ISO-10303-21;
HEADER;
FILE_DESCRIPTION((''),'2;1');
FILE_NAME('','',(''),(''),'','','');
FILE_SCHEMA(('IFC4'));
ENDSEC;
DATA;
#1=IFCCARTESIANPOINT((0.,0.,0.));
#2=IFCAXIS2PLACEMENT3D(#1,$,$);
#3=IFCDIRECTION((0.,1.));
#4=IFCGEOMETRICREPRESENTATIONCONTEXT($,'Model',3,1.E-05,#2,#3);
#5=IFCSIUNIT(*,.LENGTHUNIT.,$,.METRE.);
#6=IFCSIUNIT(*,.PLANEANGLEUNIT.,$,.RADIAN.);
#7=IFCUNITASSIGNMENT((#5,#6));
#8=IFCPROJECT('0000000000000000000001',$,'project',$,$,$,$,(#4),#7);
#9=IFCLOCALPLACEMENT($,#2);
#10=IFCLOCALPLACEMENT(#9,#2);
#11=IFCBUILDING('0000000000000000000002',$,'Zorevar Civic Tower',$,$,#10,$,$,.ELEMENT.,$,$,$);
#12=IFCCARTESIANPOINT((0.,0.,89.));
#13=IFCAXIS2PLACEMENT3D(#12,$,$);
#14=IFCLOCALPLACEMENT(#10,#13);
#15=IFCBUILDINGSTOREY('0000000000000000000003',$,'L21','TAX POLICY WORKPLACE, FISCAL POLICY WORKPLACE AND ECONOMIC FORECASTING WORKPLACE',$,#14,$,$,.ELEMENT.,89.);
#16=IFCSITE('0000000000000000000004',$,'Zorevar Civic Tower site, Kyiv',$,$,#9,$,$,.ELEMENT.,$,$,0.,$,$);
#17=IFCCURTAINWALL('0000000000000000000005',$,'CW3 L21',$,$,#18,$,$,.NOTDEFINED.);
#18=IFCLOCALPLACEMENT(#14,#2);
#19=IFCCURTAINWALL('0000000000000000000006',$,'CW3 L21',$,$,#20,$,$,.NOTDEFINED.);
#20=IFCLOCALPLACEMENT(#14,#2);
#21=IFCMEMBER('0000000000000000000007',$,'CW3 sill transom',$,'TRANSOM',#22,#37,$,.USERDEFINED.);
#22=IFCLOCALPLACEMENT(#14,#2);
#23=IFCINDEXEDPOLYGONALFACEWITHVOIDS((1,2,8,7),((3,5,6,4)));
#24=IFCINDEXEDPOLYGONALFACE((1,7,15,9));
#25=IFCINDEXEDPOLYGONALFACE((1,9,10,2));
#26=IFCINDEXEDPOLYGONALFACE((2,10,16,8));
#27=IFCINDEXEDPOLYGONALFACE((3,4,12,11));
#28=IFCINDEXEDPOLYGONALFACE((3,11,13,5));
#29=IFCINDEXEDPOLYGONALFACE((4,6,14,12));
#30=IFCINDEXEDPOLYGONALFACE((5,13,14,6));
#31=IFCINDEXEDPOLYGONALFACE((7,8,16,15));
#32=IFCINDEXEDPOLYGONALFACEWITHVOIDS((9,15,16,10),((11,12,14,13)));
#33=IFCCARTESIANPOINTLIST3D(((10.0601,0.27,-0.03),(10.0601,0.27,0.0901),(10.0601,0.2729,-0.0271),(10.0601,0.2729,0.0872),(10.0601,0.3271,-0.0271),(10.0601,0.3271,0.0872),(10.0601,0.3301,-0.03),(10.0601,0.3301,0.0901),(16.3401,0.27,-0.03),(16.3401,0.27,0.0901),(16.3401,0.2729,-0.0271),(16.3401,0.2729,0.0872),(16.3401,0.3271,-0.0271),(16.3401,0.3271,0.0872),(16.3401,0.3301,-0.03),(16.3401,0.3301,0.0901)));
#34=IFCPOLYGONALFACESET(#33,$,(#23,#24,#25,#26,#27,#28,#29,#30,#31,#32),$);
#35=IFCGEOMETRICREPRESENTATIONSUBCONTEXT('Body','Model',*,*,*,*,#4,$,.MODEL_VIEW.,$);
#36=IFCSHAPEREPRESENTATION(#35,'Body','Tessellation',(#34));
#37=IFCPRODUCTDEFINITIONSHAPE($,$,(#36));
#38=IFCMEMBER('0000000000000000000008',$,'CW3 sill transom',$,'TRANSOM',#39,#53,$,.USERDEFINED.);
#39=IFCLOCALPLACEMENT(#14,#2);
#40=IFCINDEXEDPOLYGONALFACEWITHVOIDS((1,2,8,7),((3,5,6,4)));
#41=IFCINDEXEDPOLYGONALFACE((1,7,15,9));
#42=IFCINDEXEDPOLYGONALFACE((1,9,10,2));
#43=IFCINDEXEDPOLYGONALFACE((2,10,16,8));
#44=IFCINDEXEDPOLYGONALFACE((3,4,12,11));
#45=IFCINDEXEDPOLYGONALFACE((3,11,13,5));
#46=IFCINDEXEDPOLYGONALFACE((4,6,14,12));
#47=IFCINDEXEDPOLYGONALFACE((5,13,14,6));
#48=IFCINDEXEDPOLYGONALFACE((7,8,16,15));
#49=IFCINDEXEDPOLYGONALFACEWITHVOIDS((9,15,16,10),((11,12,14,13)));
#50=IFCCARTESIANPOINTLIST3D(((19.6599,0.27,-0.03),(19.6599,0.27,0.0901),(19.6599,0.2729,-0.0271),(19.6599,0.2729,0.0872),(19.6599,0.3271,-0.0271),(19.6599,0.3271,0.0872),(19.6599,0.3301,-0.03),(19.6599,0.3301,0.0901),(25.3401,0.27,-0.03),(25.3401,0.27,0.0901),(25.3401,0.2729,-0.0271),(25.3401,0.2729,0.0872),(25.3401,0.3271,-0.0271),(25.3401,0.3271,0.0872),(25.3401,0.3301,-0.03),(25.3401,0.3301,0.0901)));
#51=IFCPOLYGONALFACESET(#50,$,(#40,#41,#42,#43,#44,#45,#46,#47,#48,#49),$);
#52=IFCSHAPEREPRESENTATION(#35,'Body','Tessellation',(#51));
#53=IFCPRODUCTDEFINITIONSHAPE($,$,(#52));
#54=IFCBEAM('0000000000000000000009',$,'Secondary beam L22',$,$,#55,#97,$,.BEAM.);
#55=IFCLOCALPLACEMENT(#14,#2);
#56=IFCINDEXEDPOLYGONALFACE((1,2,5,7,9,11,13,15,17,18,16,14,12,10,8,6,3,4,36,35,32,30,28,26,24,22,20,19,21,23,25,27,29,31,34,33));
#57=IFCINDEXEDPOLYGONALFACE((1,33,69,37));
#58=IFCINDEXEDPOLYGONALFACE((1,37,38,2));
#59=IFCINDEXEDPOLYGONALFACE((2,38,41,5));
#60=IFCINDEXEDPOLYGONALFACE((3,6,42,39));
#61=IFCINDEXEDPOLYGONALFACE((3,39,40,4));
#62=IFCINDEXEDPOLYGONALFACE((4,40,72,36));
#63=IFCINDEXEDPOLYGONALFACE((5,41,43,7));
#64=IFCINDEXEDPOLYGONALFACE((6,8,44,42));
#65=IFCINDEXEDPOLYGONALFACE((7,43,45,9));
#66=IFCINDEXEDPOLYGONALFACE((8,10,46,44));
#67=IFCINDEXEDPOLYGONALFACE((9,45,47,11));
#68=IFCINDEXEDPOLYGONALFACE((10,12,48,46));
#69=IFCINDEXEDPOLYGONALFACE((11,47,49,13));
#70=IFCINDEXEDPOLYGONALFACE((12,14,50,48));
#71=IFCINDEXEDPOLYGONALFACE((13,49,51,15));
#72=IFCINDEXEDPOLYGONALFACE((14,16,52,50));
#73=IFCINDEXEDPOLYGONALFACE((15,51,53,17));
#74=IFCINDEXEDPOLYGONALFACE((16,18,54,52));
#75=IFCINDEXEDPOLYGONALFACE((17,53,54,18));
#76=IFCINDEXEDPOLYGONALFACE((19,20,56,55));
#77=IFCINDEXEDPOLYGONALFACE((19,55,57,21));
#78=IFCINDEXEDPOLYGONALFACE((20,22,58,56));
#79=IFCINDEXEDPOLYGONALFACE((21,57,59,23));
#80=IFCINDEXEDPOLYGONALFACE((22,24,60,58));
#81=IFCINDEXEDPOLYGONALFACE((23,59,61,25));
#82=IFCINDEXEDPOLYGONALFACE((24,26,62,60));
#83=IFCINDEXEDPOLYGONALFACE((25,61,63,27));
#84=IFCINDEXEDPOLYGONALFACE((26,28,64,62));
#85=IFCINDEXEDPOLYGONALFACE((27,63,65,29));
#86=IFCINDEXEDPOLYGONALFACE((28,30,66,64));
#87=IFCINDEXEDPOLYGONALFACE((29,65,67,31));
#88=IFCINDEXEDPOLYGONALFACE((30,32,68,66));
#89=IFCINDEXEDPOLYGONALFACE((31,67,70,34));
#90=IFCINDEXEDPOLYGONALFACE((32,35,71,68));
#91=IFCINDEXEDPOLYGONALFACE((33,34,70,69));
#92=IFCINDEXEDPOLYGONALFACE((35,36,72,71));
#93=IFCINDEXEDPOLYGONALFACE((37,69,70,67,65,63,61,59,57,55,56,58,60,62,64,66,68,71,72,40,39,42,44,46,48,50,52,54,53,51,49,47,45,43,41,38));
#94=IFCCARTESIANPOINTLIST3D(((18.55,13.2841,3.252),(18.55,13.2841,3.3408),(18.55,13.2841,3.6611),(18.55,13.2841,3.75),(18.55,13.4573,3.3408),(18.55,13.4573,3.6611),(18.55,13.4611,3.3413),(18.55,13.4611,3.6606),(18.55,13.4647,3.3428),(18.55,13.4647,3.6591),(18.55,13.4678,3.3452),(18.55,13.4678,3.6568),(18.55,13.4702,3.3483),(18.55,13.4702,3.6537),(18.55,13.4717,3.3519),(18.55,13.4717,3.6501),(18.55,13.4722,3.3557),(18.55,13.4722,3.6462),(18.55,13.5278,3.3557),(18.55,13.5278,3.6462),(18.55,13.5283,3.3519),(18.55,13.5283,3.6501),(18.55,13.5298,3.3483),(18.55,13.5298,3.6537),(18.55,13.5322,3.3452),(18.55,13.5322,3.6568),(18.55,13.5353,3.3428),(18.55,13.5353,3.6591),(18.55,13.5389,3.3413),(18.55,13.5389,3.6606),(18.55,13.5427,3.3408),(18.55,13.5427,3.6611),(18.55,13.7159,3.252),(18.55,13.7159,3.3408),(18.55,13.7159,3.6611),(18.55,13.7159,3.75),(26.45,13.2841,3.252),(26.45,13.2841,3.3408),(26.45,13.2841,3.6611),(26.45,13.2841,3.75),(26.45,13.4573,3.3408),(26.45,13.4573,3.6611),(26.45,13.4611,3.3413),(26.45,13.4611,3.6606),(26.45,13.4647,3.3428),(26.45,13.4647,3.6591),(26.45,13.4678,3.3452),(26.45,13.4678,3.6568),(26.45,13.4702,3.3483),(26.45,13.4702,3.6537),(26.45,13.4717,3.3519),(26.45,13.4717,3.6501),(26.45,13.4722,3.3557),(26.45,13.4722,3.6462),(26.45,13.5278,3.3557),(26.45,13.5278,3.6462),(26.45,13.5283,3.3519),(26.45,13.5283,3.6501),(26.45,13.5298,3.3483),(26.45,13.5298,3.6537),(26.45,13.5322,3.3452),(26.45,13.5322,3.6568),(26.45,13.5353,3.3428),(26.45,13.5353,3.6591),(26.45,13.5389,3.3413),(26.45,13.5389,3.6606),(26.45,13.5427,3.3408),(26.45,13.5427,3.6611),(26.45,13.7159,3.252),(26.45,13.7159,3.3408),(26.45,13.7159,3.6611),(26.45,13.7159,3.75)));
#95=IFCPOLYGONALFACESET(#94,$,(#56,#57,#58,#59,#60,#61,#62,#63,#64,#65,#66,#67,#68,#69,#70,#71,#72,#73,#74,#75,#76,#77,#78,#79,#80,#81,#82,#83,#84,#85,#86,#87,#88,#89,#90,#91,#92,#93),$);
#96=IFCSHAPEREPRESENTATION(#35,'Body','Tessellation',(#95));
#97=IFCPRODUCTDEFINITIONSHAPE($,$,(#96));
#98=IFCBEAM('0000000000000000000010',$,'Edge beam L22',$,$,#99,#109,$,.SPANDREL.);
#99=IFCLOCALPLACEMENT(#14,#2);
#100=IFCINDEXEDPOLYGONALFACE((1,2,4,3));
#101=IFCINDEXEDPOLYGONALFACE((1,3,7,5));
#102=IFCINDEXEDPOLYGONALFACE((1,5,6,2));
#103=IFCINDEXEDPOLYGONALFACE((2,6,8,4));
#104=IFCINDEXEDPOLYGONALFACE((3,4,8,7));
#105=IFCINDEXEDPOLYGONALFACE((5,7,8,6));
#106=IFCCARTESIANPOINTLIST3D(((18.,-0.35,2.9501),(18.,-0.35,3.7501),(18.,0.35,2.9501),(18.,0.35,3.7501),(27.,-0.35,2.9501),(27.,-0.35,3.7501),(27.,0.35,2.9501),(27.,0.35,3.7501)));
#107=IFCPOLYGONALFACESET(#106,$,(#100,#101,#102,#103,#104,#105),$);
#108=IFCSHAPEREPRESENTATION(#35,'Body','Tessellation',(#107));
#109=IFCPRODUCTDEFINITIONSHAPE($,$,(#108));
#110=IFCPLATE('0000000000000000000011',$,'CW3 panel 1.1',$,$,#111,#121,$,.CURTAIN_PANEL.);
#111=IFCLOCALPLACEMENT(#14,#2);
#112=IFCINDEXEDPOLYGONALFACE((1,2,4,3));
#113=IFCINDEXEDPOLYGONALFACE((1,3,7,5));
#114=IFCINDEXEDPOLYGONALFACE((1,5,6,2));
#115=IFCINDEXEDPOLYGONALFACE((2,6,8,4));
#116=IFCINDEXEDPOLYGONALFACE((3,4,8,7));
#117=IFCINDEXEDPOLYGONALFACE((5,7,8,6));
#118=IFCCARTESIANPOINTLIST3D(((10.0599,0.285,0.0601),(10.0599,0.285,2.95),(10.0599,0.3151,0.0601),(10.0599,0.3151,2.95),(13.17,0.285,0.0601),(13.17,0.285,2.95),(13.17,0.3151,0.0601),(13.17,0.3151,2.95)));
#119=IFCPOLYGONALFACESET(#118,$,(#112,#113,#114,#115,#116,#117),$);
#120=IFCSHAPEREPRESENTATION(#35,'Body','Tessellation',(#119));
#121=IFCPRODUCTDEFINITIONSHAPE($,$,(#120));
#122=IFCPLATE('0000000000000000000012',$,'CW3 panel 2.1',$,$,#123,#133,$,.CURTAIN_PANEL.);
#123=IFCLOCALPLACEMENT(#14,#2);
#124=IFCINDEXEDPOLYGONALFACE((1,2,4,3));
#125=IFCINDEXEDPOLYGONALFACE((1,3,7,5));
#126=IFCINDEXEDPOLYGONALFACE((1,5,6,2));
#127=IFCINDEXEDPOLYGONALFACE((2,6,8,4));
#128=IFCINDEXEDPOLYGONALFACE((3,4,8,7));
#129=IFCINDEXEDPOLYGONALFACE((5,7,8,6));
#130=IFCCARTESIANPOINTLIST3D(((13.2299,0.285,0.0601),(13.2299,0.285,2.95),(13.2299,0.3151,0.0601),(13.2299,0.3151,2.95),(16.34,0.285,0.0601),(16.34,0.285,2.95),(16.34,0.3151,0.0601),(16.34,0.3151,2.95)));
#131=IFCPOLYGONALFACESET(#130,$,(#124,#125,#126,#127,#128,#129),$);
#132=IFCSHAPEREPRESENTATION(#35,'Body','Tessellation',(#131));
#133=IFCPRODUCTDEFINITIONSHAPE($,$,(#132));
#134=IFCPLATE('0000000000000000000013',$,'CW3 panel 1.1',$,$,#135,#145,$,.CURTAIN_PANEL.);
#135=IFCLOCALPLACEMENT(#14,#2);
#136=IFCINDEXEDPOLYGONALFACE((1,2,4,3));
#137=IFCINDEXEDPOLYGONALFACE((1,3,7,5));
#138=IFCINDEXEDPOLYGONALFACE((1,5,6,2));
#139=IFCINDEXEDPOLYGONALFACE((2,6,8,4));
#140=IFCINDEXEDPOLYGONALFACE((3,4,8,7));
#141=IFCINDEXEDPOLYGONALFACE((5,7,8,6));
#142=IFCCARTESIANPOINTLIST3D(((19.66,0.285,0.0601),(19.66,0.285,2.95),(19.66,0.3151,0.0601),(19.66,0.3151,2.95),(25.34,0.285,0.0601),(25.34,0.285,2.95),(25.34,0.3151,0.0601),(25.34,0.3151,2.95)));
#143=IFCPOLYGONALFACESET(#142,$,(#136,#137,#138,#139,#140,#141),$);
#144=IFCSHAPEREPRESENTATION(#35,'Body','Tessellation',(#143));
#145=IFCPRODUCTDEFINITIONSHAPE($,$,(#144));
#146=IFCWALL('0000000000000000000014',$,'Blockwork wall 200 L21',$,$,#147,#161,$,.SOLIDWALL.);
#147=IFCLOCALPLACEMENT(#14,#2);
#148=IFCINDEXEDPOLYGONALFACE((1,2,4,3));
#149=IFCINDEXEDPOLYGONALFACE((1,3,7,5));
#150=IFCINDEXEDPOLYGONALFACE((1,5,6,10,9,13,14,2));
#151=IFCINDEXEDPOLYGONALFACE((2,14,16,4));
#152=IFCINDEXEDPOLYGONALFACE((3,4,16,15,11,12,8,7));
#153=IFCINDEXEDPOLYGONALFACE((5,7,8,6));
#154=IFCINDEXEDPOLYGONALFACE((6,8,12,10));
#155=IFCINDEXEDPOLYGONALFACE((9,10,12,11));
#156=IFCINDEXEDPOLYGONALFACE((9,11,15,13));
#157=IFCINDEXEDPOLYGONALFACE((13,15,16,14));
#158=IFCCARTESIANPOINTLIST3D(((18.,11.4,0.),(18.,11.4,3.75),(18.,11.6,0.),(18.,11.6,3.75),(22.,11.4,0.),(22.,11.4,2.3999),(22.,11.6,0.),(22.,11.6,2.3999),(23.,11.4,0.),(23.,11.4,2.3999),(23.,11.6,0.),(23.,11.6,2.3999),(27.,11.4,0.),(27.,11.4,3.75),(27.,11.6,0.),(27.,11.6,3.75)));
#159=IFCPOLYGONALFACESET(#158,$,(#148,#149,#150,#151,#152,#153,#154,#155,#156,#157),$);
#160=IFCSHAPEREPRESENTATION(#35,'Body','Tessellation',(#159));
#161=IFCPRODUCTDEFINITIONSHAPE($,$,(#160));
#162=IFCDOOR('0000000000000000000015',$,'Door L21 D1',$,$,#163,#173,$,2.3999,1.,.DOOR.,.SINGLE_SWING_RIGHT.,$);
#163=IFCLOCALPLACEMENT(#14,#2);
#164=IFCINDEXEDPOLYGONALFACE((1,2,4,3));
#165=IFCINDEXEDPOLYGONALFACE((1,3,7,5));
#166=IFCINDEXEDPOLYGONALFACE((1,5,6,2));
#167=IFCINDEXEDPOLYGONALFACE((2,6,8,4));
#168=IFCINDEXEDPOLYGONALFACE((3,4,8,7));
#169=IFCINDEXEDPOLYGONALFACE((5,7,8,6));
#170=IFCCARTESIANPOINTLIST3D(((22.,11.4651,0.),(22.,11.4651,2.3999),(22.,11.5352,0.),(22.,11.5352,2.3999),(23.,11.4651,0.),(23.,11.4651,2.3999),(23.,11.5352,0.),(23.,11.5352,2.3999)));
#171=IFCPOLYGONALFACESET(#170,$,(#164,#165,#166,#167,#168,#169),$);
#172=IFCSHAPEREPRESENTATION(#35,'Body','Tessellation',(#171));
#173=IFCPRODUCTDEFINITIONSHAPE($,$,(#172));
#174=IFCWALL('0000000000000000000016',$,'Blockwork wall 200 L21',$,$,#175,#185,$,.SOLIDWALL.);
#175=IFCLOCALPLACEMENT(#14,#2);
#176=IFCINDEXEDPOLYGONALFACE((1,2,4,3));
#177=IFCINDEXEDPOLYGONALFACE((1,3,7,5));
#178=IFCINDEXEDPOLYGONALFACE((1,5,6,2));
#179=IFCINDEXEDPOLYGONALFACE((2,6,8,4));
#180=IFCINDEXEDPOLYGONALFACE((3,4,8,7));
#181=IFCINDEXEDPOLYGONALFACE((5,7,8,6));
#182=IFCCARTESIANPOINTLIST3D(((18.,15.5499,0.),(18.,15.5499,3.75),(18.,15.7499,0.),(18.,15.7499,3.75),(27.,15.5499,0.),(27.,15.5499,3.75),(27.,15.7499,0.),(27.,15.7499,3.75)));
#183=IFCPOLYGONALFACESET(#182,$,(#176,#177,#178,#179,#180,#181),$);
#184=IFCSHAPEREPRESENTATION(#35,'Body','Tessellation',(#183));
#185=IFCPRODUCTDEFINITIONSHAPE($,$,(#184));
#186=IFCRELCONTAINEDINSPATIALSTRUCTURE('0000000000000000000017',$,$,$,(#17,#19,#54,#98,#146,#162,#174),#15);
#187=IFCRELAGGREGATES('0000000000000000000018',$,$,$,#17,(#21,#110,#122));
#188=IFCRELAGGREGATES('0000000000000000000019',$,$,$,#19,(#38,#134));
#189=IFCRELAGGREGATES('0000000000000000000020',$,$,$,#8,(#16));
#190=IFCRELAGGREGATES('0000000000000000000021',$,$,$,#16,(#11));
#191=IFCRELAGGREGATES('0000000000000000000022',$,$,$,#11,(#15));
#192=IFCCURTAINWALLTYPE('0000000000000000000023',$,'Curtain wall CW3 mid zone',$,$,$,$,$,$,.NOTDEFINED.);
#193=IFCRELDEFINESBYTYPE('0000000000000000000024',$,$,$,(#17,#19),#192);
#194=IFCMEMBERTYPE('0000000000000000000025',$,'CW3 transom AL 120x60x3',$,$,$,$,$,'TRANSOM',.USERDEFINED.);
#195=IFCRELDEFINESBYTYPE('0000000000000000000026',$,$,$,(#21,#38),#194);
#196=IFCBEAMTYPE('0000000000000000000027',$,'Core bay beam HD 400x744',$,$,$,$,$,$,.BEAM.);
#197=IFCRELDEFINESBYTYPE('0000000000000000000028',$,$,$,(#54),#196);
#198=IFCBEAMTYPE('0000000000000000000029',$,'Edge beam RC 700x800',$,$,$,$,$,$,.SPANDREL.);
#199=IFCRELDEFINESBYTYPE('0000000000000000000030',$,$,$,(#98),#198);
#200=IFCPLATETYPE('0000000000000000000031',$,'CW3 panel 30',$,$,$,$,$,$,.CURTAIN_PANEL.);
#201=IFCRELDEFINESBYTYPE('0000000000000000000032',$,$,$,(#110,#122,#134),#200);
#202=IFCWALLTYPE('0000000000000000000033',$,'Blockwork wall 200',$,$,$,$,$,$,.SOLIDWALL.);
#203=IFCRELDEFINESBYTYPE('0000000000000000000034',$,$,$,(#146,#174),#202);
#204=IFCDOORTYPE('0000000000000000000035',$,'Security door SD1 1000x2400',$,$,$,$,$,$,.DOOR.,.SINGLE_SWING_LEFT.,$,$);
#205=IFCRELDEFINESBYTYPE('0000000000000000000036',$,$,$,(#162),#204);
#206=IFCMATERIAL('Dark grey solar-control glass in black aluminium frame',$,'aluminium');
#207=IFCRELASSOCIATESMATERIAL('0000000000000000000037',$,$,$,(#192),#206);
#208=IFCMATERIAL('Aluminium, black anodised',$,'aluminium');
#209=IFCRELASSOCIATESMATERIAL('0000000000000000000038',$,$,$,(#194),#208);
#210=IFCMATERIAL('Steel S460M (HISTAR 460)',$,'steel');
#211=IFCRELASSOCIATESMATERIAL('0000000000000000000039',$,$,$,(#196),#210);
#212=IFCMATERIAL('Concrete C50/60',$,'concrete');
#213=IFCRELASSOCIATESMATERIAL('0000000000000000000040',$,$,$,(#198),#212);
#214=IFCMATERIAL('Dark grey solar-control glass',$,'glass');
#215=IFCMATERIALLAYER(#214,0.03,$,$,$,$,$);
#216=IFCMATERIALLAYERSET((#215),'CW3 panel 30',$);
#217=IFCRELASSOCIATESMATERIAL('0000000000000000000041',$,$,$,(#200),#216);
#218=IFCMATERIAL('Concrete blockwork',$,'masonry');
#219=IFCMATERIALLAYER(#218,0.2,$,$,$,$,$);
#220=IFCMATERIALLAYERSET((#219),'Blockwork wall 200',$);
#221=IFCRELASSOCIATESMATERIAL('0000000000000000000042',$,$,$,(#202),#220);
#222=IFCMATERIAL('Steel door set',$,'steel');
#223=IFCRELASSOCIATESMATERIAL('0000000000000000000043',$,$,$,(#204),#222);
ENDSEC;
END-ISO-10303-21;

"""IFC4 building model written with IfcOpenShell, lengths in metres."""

from ifc_helpers import new_model, si_unit, direction, frame, frame_2d, origin, origin_2d, place, context, subcontext, project, spatial, rectangle, hollow_rectangle, i_section, extrude, material, layer, layer_set, material_profile, profile_set, type_object, element, fill, aggregate, save


model = new_model("IFC4")

# Units and contexts
model_context = context("Model", 3, precision=1e-05, world=origin(), true_north=direction((0.0, 1.0)))
body_context = subcontext(model_context, "Body", "Model", "MODEL_VIEW")
ifc_project = project(units=[si_unit("LENGTHUNIT", "METRE"), si_unit("PLANEANGLEUNIT", "RADIAN")], contexts=[model_context])

# Site, building, storey
site_placement = place(None, origin())
site = spatial("IfcSite", under=ifc_project, at=site_placement, Name="Zorevar Civic Tower site, Kyiv", CompositionType="ELEMENT", RefElevation=0.0)
building_placement = place(site_placement, origin())
building = spatial("IfcBuilding", under=site, at=building_placement, Name="Zorevar Civic Tower", CompositionType="ELEMENT")
storey_placement = place(building_placement, frame((0.0, 0.0, 89.0)))
storey = spatial("IfcBuildingStorey", under=building, at=storey_placement, Name="L21", Description="TAX POLICY WORKPLACE, FISCAL POLICY WORKPLACE AND ECONOMIC FORECASTING WORKPLACE", CompositionType="ELEMENT", Elevation=89.0)

# Curtain walls
ifc_material_1 = material(Name="Dark grey solar-control glass in black aluminium frame", Category="aluminium")
curtain_wall_type = type_object("IfcCurtainWallType", Name="Curtain wall CW3 mid zone", PredefinedType="NOTDEFINED", material=ifc_material_1)
curtain_wall_1_placement = place(storey_placement, origin())
curtain_wall_1 = element("IfcCurtainWall", 1, at=curtain_wall_1_placement, inside=storey, type_object=curtain_wall_type, Name="CW3 L21", PredefinedType="NOTDEFINED")
curtain_wall_2_placement = place(storey_placement, origin())
curtain_wall_2 = element("IfcCurtainWall", 2, at=curtain_wall_2_placement, inside=storey, type_object=curtain_wall_type, Name="CW3 L21", PredefinedType="NOTDEFINED")

# Members
ifc_material_2 = material(Name="Aluminium, black anodised", Category="aluminium")
ifc_material_profile_1 = material_profile(ifc_material_2, hollow_rectangle(XDim=0.0601, YDim=0.1201, WallThickness=0.0029, at=origin_2d()), Name="AL 120x60x3")
ifc_profile_set_1 = profile_set([ifc_material_profile_1], Name="Aluminium, black anodised")
member_type_1 = type_object("IfcMemberType", Name="CW3 transom AL 120x60x3", ElementType="TRANSOM", PredefinedType="USERDEFINED", material=ifc_profile_set_1)
member_1_placement = place(storey_placement, frame((10.0601, 0.3, 0.03), z_axis=(1.0, 0.0, 0.0), x_axis=(0.0, 1.0, 0.0)))
member_1 = element("IfcMember", 3, at=member_1_placement, type_object=member_type_1, Name="CW3 sill transom", ObjectType="TRANSOM", PredefinedType="USERDEFINED", context=body_context, shape_type="SweptSolid", body=[
    extrude(hollow_rectangle(XDim=0.0601, YDim=0.1201, WallThickness=0.0029, at=origin_2d()), origin(), (0.0, 0.0, 1.0), 6.28),
])
member_2_placement = place(storey_placement, frame((19.6599, 0.3, 0.03), z_axis=(1.0, 0.0, 0.0), x_axis=(0.0, 1.0, 0.0)))
member_2 = element("IfcMember", 4, at=member_2_placement, type_object=member_type_1, Name="CW3 sill transom", ObjectType="TRANSOM", PredefinedType="USERDEFINED", context=body_context, shape_type="SweptSolid", body=[
    extrude(hollow_rectangle(XDim=0.0601, YDim=0.1201, WallThickness=0.0029, at=origin_2d()), origin(), (0.0, 0.0, 1.0), 5.6802),
])

# Beams
ifc_material_3 = material(Name="Steel S460M (HISTAR 460)", Category="steel")
ifc_material_profile_2 = material_profile(ifc_material_3, i_section(OverallWidth=0.4319, OverallDepth=0.498, WebThickness=0.0557, FlangeThickness=0.0889, FilletRadius=0.0149, at=origin_2d()), Name="HD 400x744")
ifc_profile_set_2 = profile_set([ifc_material_profile_2], Name="Steel S460M (HISTAR 460)")
beam_type_1 = type_object("IfcBeamType", Name="Core bay beam HD 400x744", PredefinedType="BEAM", material=ifc_profile_set_2)
beam_1_placement = place(storey_placement, frame((18.55, 13.5, 3.501), z_axis=(1.0, 0.0, 0.0), x_axis=(0.0, 1.0, 0.0)))
element("IfcBeam", 5, at=beam_1_placement, inside=storey, type_object=beam_type_1, Name="Secondary beam L22", PredefinedType="BEAM", context=body_context, shape_type="SweptSolid", body=[
    extrude(i_section(OverallWidth=0.4319, OverallDepth=0.498, WebThickness=0.0557, FlangeThickness=0.0889, FilletRadius=0.0149, at=origin_2d()), origin(), (0.0, 0.0, 1.0), 7.8999),
])
ifc_material_4 = material(Name="Concrete C50/60", Category="concrete")
ifc_material_profile_3 = material_profile(ifc_material_4, rectangle(XDim=0.7, YDim=0.8, at=origin_2d()), Name="RC 700x800")
ifc_profile_set_3 = profile_set([ifc_material_profile_3], Name="Concrete C50/60")
beam_type_2 = type_object("IfcBeamType", Name="Edge beam RC 700x800", PredefinedType="SPANDREL", material=ifc_profile_set_3)
beam_2_placement = place(storey_placement, frame((18.0, 0.0, 3.3501), z_axis=(1.0, 0.0, 0.0), x_axis=(0.0, 1.0, 0.0)))
element("IfcBeam", 6, at=beam_2_placement, inside=storey, type_object=beam_type_2, Name="Edge beam L22", PredefinedType="SPANDREL", context=body_context, shape_type="SweptSolid", body=[
    extrude(rectangle(XDim=0.7, YDim=0.8, at=origin_2d()), origin(), (0.0, 0.0, 1.0), 9.0),
])

# Plates
ifc_material_5 = material(Name="Dark grey solar-control glass", Category="glass")
ifc_layer_1 = layer(ifc_material_5, 0.03)
ifc_layer_set_1 = layer_set([ifc_layer_1], Name="CW3 panel 30")
plate_type = type_object("IfcPlateType", Name="CW3 panel 30", PredefinedType="CURTAIN_PANEL", material=ifc_layer_set_1)
plate_1_placement = place(storey_placement, frame((11.615, 0.3, 0.0601), z_axis=(0.0, 0.0, 1.0), x_axis=(1.0, 0.0, 0.0)))
plate_1 = element("IfcPlate", 7, at=plate_1_placement, type_object=plate_type, Name="CW3 panel 1.1", PredefinedType="CURTAIN_PANEL", context=body_context, shape_type="SweptSolid", body=[
    extrude(rectangle(XDim=3.1101, YDim=0.03, at=origin_2d()), origin(), (0.0, 0.0, 1.0), 2.8899),
])
plate_2_placement = place(storey_placement, frame((14.7849, 0.3, 0.0601), z_axis=(0.0, 0.0, 1.0), x_axis=(1.0, 0.0, 0.0)))
plate_2 = element("IfcPlate", 8, at=plate_2_placement, type_object=plate_type, Name="CW3 panel 2.1", PredefinedType="CURTAIN_PANEL", context=body_context, shape_type="SweptSolid", body=[
    extrude(rectangle(XDim=3.1101, YDim=0.03, at=origin_2d()), origin(), (0.0, 0.0, 1.0), 2.8899),
])
aggregate(curtain_wall_1, [member_1, plate_1, plate_2])
plate_3_placement = place(storey_placement, frame((22.5, 0.3, 0.0601), z_axis=(0.0, 0.0, 1.0), x_axis=(1.0, 0.0, 0.0)))
plate_3 = element("IfcPlate", 9, at=plate_3_placement, type_object=plate_type, Name="CW3 panel 1.1", PredefinedType="CURTAIN_PANEL", context=body_context, shape_type="SweptSolid", body=[
    extrude(rectangle(XDim=5.6799, YDim=0.03, at=origin_2d()), origin(), (0.0, 0.0, 1.0), 2.8899),
])
aggregate(curtain_wall_2, [member_2, plate_3])

# Wall, opening, door
ifc_material_6 = material(Name="Concrete blockwork", Category="masonry")
ifc_layer_2 = layer(ifc_material_6, 0.2)
ifc_layer_set_2 = layer_set([ifc_layer_2], Name="Blockwork wall 200")
wall_type_1 = type_object("IfcWallType", Name="Blockwork wall 200", PredefinedType="SOLIDWALL", material=ifc_layer_set_2)
wall_1_placement = place(storey_placement, frame((18.0, 11.5, 0.0), z_axis=(0.0, 0.0, 1.0), x_axis=(1.0, 0.0, 0.0)))
wall_1 = element("IfcWall", 10, at=wall_1_placement, inside=storey, type_object=wall_type_1, Name="Blockwork wall 200 L21", PredefinedType="SOLIDWALL", context=body_context, shape_type="SweptSolid", body=[
    extrude(rectangle(XDim=9.0, YDim=0.2, at=frame_2d((4.5, 0.0))), origin(), (0.0, 0.0, 1.0), 3.75),
])
opening_1_placement = place(wall_1_placement, frame((4.0, 0.0, 0.0)))
opening_1 = element("IfcOpeningElement", 11, at=opening_1_placement, cuts=wall_1, PredefinedType="OPENING", context=body_context, shape_type="SweptSolid", body=[
    extrude(rectangle(XDim=1.0, YDim=2.3999, at=frame_2d((0.5, 1.2))), frame((0.0, 0.1099, 0.0), z_axis=(0.0, -1.0, 0.0), x_axis=(1.0, 0.0, 0.0)), (0.0, 0.0, 1.0), 0.22),
])
ifc_material_7 = material(Name="Steel door set", Category="steel")
door_type_1 = type_object("IfcDoorType", Name="Security door SD1 1000x2400", OperationType="SINGLE_SWING_LEFT", PredefinedType="DOOR", material=ifc_material_7)
door_1_placement = place(opening_1_placement, origin())
door_1 = element("IfcDoor", 12, at=door_1_placement, inside=storey, type_object=door_type_1, Name="Door L21 D1", OperationType="SINGLE_SWING_RIGHT", OverallHeight=2.3999, OverallWidth=1.0, PredefinedType="DOOR", context=body_context, shape_type="SweptSolid", body=[
    extrude(rectangle(XDim=1.0, YDim=2.3999, at=frame_2d((0.5, 1.2))), frame((0.0, 0.0352, 0.0), z_axis=(0.0, -1.0, 0.0), x_axis=(1.0, 0.0, 0.0)), (0.0, 0.0, 1.0), 0.0701),
])
fill(opening_1, door_1)

# Wall
wall_2_placement = place(storey_placement, frame((18.0, 15.6499, 0.0), z_axis=(0.0, 0.0, 1.0), x_axis=(1.0, 0.0, 0.0)))
element("IfcWall", 13, at=wall_2_placement, inside=storey, type_object=wall_type_1, Name="Blockwork wall 200 L21", PredefinedType="SOLIDWALL", context=body_context, shape_type="SweptSolid", body=[
    extrude(rectangle(XDim=9.0, YDim=0.2, at=frame_2d((4.5, 0.0))), origin(), (0.0, 0.0, 1.0), 3.75),
])

save(model, "model.ifc")
